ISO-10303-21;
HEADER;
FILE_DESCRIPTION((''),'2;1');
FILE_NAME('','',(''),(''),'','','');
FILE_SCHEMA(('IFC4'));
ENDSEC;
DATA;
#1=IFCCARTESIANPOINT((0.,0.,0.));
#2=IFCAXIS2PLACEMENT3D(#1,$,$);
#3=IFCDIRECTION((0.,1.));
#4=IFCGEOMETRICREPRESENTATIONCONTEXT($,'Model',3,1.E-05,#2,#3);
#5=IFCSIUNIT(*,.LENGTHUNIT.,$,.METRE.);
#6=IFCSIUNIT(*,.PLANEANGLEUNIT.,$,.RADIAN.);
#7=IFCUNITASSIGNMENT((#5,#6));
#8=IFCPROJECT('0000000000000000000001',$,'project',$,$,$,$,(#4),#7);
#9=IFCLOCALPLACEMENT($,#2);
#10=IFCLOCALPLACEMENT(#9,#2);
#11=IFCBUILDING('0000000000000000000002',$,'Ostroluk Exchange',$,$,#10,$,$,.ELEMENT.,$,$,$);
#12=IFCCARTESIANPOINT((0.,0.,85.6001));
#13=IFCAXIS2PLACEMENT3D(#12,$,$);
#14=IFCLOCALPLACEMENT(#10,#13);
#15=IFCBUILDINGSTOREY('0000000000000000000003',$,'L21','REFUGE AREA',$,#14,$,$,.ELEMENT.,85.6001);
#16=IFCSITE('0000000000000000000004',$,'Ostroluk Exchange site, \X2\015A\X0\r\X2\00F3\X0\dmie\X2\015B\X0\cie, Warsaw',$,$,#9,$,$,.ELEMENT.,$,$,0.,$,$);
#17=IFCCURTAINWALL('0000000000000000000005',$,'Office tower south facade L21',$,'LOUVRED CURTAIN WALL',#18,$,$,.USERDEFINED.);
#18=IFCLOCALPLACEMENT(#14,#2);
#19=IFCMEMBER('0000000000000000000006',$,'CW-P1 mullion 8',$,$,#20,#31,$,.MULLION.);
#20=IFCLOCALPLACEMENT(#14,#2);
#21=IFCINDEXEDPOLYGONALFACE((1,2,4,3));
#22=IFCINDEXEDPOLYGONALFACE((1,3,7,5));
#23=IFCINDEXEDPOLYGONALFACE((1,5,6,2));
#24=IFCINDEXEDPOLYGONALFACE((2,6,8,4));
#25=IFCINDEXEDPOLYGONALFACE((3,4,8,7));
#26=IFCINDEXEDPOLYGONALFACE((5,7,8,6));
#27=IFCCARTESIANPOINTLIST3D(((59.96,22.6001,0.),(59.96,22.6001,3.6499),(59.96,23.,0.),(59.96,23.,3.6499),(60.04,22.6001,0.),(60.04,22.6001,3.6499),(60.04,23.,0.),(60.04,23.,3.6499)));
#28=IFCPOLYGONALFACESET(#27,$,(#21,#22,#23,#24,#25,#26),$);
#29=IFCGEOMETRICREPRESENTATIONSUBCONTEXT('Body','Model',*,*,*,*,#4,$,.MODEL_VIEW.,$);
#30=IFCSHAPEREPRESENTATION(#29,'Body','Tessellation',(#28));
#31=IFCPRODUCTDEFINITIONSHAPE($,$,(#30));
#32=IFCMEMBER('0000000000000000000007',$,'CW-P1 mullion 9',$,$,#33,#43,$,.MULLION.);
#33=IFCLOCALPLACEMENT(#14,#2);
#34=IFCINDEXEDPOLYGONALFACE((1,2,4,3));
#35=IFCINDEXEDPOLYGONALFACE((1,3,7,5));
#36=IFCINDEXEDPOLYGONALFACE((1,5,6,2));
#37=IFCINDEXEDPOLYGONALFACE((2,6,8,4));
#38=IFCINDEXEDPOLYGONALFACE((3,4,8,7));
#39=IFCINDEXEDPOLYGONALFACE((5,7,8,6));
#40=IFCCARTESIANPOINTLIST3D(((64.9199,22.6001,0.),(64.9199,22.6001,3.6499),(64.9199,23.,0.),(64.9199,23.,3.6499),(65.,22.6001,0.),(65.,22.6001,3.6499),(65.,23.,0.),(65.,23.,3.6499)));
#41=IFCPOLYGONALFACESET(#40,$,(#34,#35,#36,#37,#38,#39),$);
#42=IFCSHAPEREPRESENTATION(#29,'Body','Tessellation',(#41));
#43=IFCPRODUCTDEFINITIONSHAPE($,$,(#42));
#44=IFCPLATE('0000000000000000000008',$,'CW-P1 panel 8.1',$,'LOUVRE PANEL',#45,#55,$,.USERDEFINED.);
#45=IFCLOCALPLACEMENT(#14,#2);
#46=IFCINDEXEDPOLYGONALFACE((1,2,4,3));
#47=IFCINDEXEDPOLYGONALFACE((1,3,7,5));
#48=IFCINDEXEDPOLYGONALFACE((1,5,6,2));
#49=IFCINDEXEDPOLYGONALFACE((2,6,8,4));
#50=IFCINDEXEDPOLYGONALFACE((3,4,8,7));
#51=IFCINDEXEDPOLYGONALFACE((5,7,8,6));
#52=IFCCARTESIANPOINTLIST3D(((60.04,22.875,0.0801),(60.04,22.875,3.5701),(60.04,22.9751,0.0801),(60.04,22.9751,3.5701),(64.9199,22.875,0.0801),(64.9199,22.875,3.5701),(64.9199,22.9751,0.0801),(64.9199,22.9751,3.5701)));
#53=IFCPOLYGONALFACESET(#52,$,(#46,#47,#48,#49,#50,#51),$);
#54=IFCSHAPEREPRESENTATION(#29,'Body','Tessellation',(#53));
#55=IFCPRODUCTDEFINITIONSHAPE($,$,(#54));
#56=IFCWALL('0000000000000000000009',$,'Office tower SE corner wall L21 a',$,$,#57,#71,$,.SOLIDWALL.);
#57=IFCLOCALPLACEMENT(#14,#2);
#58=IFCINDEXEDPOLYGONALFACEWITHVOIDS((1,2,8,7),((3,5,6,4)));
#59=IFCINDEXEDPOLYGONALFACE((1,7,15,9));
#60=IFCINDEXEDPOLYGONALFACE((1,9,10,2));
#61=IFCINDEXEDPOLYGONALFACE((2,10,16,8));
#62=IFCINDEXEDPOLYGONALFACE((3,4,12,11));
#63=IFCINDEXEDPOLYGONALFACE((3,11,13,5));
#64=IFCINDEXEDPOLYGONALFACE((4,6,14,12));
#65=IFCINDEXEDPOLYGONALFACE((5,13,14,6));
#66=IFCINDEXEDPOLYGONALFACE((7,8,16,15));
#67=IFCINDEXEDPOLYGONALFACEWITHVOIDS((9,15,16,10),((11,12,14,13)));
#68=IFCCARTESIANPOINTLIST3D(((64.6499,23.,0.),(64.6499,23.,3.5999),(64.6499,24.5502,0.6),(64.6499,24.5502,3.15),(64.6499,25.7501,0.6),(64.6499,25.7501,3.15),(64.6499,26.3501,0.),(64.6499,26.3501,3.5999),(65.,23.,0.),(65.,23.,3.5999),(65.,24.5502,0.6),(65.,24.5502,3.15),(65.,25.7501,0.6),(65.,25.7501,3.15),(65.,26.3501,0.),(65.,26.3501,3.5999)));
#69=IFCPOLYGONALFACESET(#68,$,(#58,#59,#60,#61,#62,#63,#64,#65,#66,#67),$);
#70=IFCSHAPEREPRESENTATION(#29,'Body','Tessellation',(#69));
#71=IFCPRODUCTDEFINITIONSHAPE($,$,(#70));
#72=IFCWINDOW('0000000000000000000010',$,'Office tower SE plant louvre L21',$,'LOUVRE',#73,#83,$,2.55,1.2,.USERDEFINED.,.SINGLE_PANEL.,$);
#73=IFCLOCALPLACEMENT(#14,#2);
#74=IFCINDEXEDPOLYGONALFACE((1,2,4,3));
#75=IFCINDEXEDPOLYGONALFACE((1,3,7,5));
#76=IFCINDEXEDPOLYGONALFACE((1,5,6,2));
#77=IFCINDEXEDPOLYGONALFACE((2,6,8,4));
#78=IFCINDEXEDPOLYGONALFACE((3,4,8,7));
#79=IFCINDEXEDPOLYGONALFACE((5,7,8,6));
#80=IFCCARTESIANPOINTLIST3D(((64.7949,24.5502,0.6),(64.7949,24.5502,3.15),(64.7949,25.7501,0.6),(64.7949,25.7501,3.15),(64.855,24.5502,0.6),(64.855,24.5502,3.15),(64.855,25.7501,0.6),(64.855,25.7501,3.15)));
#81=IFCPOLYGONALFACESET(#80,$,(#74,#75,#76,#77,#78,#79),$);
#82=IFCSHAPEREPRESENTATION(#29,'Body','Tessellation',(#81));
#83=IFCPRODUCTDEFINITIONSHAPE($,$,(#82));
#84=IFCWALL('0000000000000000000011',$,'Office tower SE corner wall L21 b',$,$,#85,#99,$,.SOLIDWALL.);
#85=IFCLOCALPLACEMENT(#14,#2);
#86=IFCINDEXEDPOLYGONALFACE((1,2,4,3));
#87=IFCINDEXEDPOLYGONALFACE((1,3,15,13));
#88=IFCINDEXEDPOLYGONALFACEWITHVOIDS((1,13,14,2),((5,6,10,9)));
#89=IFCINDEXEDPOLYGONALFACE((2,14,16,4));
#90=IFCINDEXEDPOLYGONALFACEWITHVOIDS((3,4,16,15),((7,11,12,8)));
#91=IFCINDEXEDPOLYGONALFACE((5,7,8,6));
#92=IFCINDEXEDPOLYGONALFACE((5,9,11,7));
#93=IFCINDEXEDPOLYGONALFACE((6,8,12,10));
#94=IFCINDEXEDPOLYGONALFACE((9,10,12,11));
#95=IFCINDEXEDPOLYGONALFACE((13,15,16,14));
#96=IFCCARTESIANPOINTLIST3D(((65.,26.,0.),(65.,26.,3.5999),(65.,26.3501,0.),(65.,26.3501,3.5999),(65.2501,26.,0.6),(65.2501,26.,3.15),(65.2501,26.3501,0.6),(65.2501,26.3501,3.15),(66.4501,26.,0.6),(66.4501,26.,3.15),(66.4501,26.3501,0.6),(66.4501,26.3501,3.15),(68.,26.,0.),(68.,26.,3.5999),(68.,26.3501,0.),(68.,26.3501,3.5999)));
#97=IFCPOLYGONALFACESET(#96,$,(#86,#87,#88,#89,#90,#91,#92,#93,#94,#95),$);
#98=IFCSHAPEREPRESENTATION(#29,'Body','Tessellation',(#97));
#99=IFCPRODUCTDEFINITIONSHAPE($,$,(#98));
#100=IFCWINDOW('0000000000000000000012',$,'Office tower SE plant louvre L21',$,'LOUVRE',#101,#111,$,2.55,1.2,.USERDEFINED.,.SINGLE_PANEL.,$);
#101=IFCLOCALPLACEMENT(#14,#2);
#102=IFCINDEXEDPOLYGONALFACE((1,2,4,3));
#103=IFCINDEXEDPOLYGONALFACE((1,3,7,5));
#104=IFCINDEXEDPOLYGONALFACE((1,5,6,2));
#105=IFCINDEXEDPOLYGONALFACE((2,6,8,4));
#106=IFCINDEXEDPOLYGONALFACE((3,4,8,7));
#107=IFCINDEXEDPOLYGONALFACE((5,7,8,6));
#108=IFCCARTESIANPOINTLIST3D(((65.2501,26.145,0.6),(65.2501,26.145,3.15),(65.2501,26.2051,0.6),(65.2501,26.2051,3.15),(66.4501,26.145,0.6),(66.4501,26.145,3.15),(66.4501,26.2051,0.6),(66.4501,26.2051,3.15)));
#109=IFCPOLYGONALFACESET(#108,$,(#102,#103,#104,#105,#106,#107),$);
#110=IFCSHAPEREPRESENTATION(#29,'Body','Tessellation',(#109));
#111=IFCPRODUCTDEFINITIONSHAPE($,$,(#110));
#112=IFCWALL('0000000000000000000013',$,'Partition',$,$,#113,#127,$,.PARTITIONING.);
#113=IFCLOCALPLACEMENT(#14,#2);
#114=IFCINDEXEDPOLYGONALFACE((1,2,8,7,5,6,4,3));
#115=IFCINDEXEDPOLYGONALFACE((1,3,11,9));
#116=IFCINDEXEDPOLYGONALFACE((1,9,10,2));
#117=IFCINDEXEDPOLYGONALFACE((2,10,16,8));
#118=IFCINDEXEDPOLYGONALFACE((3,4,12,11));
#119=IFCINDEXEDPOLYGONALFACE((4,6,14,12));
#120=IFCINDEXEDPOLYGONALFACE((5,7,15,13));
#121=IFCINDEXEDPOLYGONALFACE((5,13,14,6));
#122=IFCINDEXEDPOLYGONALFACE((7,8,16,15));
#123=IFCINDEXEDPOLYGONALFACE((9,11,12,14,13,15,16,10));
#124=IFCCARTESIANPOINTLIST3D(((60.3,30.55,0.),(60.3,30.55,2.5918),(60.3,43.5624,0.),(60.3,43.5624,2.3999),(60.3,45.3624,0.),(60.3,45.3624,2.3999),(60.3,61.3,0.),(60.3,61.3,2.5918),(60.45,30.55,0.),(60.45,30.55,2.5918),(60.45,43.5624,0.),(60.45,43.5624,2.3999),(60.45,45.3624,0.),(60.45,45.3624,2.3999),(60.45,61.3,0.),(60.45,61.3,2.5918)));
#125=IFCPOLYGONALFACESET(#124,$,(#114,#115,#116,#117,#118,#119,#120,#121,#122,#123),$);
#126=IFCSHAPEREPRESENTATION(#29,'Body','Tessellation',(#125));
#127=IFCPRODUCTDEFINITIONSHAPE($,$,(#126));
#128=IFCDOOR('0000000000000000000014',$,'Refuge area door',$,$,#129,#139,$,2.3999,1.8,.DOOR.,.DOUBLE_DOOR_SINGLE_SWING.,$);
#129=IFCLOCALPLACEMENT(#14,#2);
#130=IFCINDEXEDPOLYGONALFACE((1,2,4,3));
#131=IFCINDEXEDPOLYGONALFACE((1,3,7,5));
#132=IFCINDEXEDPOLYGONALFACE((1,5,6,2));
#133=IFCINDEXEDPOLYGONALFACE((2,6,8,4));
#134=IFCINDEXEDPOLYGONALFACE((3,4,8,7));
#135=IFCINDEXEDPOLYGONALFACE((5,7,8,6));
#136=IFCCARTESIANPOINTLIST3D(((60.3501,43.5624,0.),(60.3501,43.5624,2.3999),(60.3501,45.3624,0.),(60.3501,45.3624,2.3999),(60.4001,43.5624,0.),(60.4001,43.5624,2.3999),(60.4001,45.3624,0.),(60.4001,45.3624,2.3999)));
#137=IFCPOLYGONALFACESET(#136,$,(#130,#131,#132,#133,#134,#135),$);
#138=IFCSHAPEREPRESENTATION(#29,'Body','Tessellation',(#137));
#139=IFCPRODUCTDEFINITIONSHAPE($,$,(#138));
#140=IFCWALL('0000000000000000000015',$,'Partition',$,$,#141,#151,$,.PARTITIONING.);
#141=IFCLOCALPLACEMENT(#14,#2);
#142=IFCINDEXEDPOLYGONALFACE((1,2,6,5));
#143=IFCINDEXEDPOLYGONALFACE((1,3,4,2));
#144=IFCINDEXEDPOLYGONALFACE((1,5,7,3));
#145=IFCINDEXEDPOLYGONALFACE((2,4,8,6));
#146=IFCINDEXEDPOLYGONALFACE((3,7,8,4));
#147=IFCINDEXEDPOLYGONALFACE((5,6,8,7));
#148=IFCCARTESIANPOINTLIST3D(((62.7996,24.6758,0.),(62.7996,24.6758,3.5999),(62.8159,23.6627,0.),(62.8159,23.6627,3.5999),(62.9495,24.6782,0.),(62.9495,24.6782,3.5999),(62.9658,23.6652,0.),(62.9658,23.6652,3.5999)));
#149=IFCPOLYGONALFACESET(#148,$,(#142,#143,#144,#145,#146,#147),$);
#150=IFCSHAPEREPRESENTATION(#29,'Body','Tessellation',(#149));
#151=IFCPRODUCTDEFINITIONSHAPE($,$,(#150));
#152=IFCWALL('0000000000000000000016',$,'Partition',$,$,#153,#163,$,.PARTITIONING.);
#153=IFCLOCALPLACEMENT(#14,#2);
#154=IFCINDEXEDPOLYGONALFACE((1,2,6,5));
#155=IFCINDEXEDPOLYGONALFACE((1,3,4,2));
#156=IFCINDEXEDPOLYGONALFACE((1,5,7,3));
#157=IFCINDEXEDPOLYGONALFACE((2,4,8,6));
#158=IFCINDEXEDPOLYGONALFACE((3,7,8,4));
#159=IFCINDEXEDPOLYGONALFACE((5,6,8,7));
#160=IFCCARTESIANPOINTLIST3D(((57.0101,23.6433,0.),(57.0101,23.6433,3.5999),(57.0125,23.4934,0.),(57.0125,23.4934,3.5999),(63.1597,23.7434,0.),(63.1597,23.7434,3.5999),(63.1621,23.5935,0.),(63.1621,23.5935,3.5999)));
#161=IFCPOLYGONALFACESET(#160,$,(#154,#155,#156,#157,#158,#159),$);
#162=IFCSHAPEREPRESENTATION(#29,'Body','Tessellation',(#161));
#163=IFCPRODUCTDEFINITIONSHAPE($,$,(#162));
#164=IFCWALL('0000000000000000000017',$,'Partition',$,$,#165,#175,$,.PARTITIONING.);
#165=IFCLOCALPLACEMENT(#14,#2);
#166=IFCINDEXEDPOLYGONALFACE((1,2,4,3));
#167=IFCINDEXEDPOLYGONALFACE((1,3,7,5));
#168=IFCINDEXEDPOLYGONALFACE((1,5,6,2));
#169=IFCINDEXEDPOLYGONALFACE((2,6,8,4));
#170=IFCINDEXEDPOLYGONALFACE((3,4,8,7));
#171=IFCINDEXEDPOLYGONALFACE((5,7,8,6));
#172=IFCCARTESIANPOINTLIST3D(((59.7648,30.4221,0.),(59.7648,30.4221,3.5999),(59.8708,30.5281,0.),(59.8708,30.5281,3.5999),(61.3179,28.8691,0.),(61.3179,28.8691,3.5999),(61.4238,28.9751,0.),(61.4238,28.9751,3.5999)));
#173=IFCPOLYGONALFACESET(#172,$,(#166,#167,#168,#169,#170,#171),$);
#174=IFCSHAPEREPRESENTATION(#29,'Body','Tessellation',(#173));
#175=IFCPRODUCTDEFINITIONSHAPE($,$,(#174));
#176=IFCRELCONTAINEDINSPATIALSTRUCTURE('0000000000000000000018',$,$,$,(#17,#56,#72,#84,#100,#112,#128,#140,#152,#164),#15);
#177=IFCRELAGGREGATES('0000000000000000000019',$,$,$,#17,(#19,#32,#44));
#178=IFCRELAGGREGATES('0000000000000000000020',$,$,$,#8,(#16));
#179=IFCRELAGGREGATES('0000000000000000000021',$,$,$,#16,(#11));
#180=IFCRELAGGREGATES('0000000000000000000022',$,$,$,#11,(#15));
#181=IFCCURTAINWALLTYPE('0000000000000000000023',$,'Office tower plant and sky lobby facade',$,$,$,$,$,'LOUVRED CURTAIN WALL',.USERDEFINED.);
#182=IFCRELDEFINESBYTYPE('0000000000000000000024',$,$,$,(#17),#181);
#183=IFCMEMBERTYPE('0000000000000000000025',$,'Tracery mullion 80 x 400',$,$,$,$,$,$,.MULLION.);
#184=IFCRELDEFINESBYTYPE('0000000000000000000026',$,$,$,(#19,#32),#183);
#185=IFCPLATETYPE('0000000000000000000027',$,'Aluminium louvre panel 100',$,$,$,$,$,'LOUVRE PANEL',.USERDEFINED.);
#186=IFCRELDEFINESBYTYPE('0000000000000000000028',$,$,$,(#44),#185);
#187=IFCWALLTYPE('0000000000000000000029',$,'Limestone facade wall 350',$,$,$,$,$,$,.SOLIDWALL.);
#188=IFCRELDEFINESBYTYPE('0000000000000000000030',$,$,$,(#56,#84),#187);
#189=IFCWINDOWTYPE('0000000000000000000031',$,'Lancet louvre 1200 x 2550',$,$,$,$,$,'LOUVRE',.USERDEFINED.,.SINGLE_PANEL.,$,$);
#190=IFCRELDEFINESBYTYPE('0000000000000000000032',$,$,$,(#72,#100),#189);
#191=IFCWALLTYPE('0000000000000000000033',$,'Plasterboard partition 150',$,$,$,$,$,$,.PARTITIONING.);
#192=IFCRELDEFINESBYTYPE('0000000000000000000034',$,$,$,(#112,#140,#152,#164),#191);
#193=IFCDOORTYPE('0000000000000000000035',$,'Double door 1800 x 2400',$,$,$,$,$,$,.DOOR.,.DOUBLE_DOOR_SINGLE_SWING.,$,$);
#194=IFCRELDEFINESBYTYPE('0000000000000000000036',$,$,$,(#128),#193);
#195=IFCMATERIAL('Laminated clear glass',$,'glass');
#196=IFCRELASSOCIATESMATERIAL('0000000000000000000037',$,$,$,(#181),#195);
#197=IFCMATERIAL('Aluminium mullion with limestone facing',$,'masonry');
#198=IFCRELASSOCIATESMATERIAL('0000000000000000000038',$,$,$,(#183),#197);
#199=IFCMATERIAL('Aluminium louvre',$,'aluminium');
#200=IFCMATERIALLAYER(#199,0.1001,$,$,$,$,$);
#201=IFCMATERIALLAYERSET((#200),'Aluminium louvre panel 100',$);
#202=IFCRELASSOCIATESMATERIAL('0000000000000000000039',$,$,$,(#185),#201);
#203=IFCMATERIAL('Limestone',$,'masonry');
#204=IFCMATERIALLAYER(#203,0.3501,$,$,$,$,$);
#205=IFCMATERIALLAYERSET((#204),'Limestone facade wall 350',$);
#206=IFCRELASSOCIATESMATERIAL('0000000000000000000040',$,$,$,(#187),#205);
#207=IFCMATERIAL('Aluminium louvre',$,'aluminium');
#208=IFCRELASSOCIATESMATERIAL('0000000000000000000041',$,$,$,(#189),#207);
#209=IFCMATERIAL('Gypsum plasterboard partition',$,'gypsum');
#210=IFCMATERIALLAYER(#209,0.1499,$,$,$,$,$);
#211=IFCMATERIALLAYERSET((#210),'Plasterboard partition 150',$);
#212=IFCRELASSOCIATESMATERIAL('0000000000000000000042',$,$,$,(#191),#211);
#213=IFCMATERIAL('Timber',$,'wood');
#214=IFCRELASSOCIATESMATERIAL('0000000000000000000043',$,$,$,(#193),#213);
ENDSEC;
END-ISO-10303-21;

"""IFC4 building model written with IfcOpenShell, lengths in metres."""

from ifc_helpers import new_model, si_unit, direction, frame, frame_2d, origin, origin_2d, place, context, subcontext, project, spatial, rectangle, extrude, material, layer, layer_set, material_profile, profile_set, type_object, element, fill, aggregate, save


model = new_model("IFC4")

# Units and contexts
model_context = context("Model", 3, precision=1e-05, world=origin(), true_north=direction((0.0, 1.0)))
body_context = subcontext(model_context, "Body", "Model", "MODEL_VIEW")
ifc_project = project(units=[si_unit("LENGTHUNIT", "METRE"), si_unit("PLANEANGLEUNIT", "RADIAN")], contexts=[model_context])

# Site, building, storey
site_placement = place(None, origin())
site = spatial("IfcSite", under=ifc_project, at=site_placement, Name="Ostroluk Exchange site, Śródmieście, Warsaw", CompositionType="ELEMENT", RefElevation=0.0)
building_placement = place(site_placement, origin())
building = spatial("IfcBuilding", under=site, at=building_placement, Name="Ostroluk Exchange", CompositionType="ELEMENT")
storey_placement = place(building_placement, frame((0.0, 0.0, 85.6001)))
storey = spatial("IfcBuildingStorey", under=building, at=storey_placement, Name="L21", Description="REFUGE AREA", CompositionType="ELEMENT", Elevation=85.6001)

# Curtain wall, members, plate
ifc_material_1 = material(Name="Laminated clear glass", Category="glass")
curtain_wall_type = type_object("IfcCurtainWallType", Name="Office tower plant and sky lobby facade", ElementType="LOUVRED CURTAIN WALL", PredefinedType="USERDEFINED", material=ifc_material_1)
curtain_wall_placement = place(storey_placement, origin())
curtain_wall = element("IfcCurtainWall", 1, at=curtain_wall_placement, inside=storey, type_object=curtain_wall_type, Name="Office tower south facade L21", ObjectType="LOUVRED CURTAIN WALL", PredefinedType="USERDEFINED")
ifc_material_2 = material(Name="Aluminium mullion with limestone facing", Category="masonry")
ifc_material_profile_1 = material_profile(ifc_material_2, rectangle(XDim=0.3999, YDim=0.0801, at=origin_2d()), Name="Tracery mullion 80 x 400")
ifc_profile_set_1 = profile_set([ifc_material_profile_1], Name="Aluminium mullion with limestone facing")
member_type_1 = type_object("IfcMemberType", Name="Tracery mullion 80 x 400", PredefinedType="MULLION", material=ifc_profile_set_1)
member_1_placement = place(storey_placement, frame((60.0, 22.8, 0.0), z_axis=(0.0, 0.0, 1.0), x_axis=(0.0, 1.0, 0.0)))
member_1 = element("IfcMember", 2, at=member_1_placement, type_object=member_type_1, Name="CW-P1 mullion 8", PredefinedType="MULLION", context=body_context, shape_type="SweptSolid", body=[
    extrude(rectangle(XDim=0.3999, YDim=0.0801, at=origin_2d()), origin(), (0.0, 0.0, 1.0), 3.6499),
])
member_2_placement = place(storey_placement, frame((64.96, 22.8, 0.0), z_axis=(0.0, 0.0, 1.0), x_axis=(0.0, 1.0, 0.0)))
member_2 = element("IfcMember", 3, at=member_2_placement, type_object=member_type_1, Name="CW-P1 mullion 9", PredefinedType="MULLION", context=body_context, shape_type="SweptSolid", body=[
    extrude(rectangle(XDim=0.3999, YDim=0.0801, at=origin_2d()), origin(), (0.0, 0.0, 1.0), 3.6499),
])
ifc_material_3 = material(Name="Aluminium louvre", Category="aluminium")
ifc_layer_1 = layer(ifc_material_3, 0.1001)
ifc_layer_set_1 = layer_set([ifc_layer_1], Name="Aluminium louvre panel 100")
plate_type = type_object("IfcPlateType", Name="Aluminium louvre panel 100", ElementType="LOUVRE PANEL", PredefinedType="USERDEFINED", material=ifc_layer_set_1)
plate_placement = place(storey_placement, frame((62.48, 22.925, 0.0801), z_axis=(0.0, 0.0, 1.0), x_axis=(1.0, 0.0, 0.0)))
plate = element("IfcPlate", 4, at=plate_placement, type_object=plate_type, Name="CW-P1 panel 8.1", ObjectType="LOUVRE PANEL", PredefinedType="USERDEFINED", context=body_context, shape_type="SweptSolid", body=[
    extrude(rectangle(XDim=4.8799, YDim=0.1001, at=origin_2d()), origin(), (0.0, 0.0, 1.0), 3.49),
])
aggregate(curtain_wall, [member_1, member_2, plate])

# Walls, openings, windows
ifc_material_4 = material(Name="Limestone", Category="masonry")
ifc_layer_2 = layer(ifc_material_4, 0.3501)
ifc_layer_set_2 = layer_set([ifc_layer_2], Name="Limestone facade wall 350")
wall_type_1 = type_object("IfcWallType", Name="Limestone facade wall 350", PredefinedType="SOLIDWALL", material=ifc_layer_set_2)
wall_1_placement = place(storey_placement, frame((64.825, 23.0, 0.0), z_axis=(0.0, 0.0, 1.0), x_axis=(0.0, 1.0, 0.0)))
wall_1 = element("IfcWall", 5, at=wall_1_placement, inside=storey, type_object=wall_type_1, Name="Office tower SE corner wall L21 a", PredefinedType="SOLIDWALL", context=body_context, shape_type="SweptSolid", body=[
    extrude(rectangle(XDim=3.3501, YDim=0.3501, at=frame_2d((1.675, 0.0))), origin(), (0.0, 0.0, 1.0), 3.5999),
])
opening_1_placement = place(wall_1_placement, frame((1.55, 0.0, 0.6001)))
opening_1 = element("IfcOpeningElement", 6, at=opening_1_placement, cuts=wall_1, PredefinedType="OPENING", context=body_context, shape_type="SweptSolid", body=[
    extrude(rectangle(XDim=1.2, YDim=2.55, at=frame_2d((0.6001, 1.2749))), frame((0.0, 0.1851, 0.0), z_axis=(0.0, -1.0, 0.0), x_axis=(1.0, 0.0, 0.0)), (0.0, 0.0, 1.0), 0.3701),
])
ifc_material_5 = material(Name="Aluminium louvre", Category="aluminium")
window_type = type_object("IfcWindowType", Name="Lancet louvre 1200 x 2550", ElementType="LOUVRE", PartitioningType="SINGLE_PANEL", PredefinedType="USERDEFINED", material=ifc_material_5)
window_1_placement = place(opening_1_placement, origin())
window_1 = element("IfcWindow", 7, at=window_1_placement, inside=storey, type_object=window_type, Name="Office tower SE plant louvre L21", ObjectType="LOUVRE", OverallHeight=2.55, OverallWidth=1.2, PartitioningType="SINGLE_PANEL", PredefinedType="USERDEFINED", context=body_context, shape_type="SweptSolid", body=[
    extrude(rectangle(XDim=1.2, YDim=2.55, at=frame_2d((0.6001, 1.2749))), frame((0.0, 0.03, 0.0), z_axis=(0.0, -1.0, 0.0), x_axis=(1.0, 0.0, 0.0)), (0.0, 0.0, 1.0), 0.0601),
])
fill(opening_1, window_1)
wall_2_placement = place(storey_placement, frame((65.0, 26.175, 0.0), z_axis=(0.0, 0.0, 1.0), x_axis=(1.0, 0.0, 0.0)))
wall_2 = element("IfcWall", 8, at=wall_2_placement, inside=storey, type_object=wall_type_1, Name="Office tower SE corner wall L21 b", PredefinedType="SOLIDWALL", context=body_context, shape_type="SweptSolid", body=[
    extrude(rectangle(XDim=3.0, YDim=0.3501, at=frame_2d((1.5, 0.0))), origin(), (0.0, 0.0, 1.0), 3.5999),
])
opening_2_placement = place(wall_2_placement, frame((0.25, 0.0, 0.6001)))
opening_2 = element("IfcOpeningElement", 9, at=opening_2_placement, cuts=wall_2, PredefinedType="OPENING", context=body_context, shape_type="SweptSolid", body=[
    extrude(rectangle(XDim=1.2, YDim=2.55, at=frame_2d((0.6001, 1.2749))), frame((0.0, 0.1851, 0.0), z_axis=(0.0, -1.0, 0.0), x_axis=(1.0, 0.0, 0.0)), (0.0, 0.0, 1.0), 0.3701),
])
window_2_placement = place(opening_2_placement, origin())
window_2 = element("IfcWindow", 10, at=window_2_placement, inside=storey, type_object=window_type, Name="Office tower SE plant louvre L21", ObjectType="LOUVRE", OverallHeight=2.55, OverallWidth=1.2, PartitioningType="SINGLE_PANEL", PredefinedType="USERDEFINED", context=body_context, shape_type="SweptSolid", body=[
    extrude(rectangle(XDim=1.2, YDim=2.55, at=frame_2d((0.6001, 1.2749))), frame((0.0, 0.03, 0.0), z_axis=(0.0, -1.0, 0.0), x_axis=(1.0, 0.0, 0.0)), (0.0, 0.0, 1.0), 0.0601),
])
fill(opening_2, window_2)

# Wall, opening, door
ifc_material_6 = material(Name="Gypsum plasterboard partition", Category="gypsum")
ifc_layer_3 = layer(ifc_material_6, 0.1499)
ifc_layer_set_3 = layer_set([ifc_layer_3], Name="Plasterboard partition 150")
wall_type_2 = type_object("IfcWallType", Name="Plasterboard partition 150", PredefinedType="PARTITIONING", material=ifc_layer_set_3)
wall_3_placement = place(storey_placement, frame((60.375, 30.55, 0.0), z_axis=(0.0, 0.0, 1.0), x_axis=(0.0, 1.0, 0.0)))
wall_3 = element("IfcWall", 11, at=wall_3_placement, inside=storey, type_object=wall_type_2, Name="Partition", PredefinedType="PARTITIONING", context=body_context, shape_type="SweptSolid", body=[
    extrude(rectangle(XDim=30.75, YDim=0.1499, at=frame_2d((15.375, 0.0))), origin(), (0.0, 0.0, 1.0), 2.5918),
])
opening_3_placement = place(wall_3_placement, frame((13.0125, 0.0, 0.0)))
opening_3 = element("IfcOpeningElement", 12, at=opening_3_placement, cuts=wall_3, PredefinedType="OPENING", context=body_context, shape_type="SweptSolid", body=[
    extrude(rectangle(XDim=1.8, YDim=2.3999, at=frame_2d((0.8999, 1.2))), frame((0.0, 0.085, 0.0), z_axis=(0.0, -1.0, 0.0), x_axis=(1.0, 0.0, 0.0)), (0.0, 0.0, 1.0), 0.1699),
])
ifc_material_7 = material(Name="Timber", Category="wood")
door_type = type_object("IfcDoorType", Name="Double door 1800 x 2400", OperationType="DOUBLE_DOOR_SINGLE_SWING", PredefinedType="DOOR", material=ifc_material_7)
door_placement = place(opening_3_placement, origin())
door = element("IfcDoor", 13, at=door_placement, inside=storey, type_object=door_type, Name="Refuge area door", OperationType="DOUBLE_DOOR_SINGLE_SWING", OverallHeight=2.3999, OverallWidth=1.8, PredefinedType="DOOR", context=body_context, shape_type="SweptSolid", body=[
    extrude(rectangle(XDim=1.8, YDim=2.3999, at=frame_2d((0.8999, 1.2))), frame((0.0, 0.0249, 0.0), z_axis=(0.0, -1.0, 0.0), x_axis=(1.0, 0.0, 0.0)), (0.0, 0.0, 1.0), 0.05),
])
fill(opening_3, door)

# Walls
wall_4_placement = place(storey_placement, frame((62.8745, 24.677, 0.0), z_axis=(0.0, 0.0, 1.0), x_axis=(0.016146, -0.99987, 0.0)))
element("IfcWall", 14, at=wall_4_placement, inside=storey, type_object=wall_type_2, Name="Partition", PredefinedType="PARTITIONING", context=body_context, shape_type="SweptSolid", body=[
    extrude(rectangle(XDim=1.0132, YDim=0.1499, at=frame_2d((0.5066, 0.0))), origin(), (0.0, 0.0, 1.0), 3.5999),
])
wall_5_placement = place(storey_placement, frame((63.1609, 23.6685, 0.0), z_axis=(0.0, 0.0, 1.0), x_axis=(-0.999868, -0.016275, 0.0)))
element("IfcWall", 15, at=wall_5_placement, inside=storey, type_object=wall_type_2, Name="Partition", PredefinedType="PARTITIONING", context=body_context, shape_type="SweptSolid", body=[
    extrude(rectangle(XDim=6.1504, YDim=0.1499, at=frame_2d((3.0752, 0.0))), origin(), (0.0, 0.0, 1.0), 3.5999),
])
wall_6_placement = place(storey_placement, frame((61.3708, 28.9221, 0.0), z_axis=(0.0, 0.0, 1.0), x_axis=(-0.707107, 0.707107, 0.0)))
element("IfcWall", 16, at=wall_6_placement, inside=storey, type_object=wall_type_2, Name="Partition", PredefinedType="PARTITIONING", context=body_context, shape_type="SweptSolid", body=[
    extrude(rectangle(XDim=2.1963, YDim=0.1499, at=frame_2d((1.0981, 0.0))), origin(), (0.0, 0.0, 1.0), 3.5999),
])

save(model, "model.ifc")
